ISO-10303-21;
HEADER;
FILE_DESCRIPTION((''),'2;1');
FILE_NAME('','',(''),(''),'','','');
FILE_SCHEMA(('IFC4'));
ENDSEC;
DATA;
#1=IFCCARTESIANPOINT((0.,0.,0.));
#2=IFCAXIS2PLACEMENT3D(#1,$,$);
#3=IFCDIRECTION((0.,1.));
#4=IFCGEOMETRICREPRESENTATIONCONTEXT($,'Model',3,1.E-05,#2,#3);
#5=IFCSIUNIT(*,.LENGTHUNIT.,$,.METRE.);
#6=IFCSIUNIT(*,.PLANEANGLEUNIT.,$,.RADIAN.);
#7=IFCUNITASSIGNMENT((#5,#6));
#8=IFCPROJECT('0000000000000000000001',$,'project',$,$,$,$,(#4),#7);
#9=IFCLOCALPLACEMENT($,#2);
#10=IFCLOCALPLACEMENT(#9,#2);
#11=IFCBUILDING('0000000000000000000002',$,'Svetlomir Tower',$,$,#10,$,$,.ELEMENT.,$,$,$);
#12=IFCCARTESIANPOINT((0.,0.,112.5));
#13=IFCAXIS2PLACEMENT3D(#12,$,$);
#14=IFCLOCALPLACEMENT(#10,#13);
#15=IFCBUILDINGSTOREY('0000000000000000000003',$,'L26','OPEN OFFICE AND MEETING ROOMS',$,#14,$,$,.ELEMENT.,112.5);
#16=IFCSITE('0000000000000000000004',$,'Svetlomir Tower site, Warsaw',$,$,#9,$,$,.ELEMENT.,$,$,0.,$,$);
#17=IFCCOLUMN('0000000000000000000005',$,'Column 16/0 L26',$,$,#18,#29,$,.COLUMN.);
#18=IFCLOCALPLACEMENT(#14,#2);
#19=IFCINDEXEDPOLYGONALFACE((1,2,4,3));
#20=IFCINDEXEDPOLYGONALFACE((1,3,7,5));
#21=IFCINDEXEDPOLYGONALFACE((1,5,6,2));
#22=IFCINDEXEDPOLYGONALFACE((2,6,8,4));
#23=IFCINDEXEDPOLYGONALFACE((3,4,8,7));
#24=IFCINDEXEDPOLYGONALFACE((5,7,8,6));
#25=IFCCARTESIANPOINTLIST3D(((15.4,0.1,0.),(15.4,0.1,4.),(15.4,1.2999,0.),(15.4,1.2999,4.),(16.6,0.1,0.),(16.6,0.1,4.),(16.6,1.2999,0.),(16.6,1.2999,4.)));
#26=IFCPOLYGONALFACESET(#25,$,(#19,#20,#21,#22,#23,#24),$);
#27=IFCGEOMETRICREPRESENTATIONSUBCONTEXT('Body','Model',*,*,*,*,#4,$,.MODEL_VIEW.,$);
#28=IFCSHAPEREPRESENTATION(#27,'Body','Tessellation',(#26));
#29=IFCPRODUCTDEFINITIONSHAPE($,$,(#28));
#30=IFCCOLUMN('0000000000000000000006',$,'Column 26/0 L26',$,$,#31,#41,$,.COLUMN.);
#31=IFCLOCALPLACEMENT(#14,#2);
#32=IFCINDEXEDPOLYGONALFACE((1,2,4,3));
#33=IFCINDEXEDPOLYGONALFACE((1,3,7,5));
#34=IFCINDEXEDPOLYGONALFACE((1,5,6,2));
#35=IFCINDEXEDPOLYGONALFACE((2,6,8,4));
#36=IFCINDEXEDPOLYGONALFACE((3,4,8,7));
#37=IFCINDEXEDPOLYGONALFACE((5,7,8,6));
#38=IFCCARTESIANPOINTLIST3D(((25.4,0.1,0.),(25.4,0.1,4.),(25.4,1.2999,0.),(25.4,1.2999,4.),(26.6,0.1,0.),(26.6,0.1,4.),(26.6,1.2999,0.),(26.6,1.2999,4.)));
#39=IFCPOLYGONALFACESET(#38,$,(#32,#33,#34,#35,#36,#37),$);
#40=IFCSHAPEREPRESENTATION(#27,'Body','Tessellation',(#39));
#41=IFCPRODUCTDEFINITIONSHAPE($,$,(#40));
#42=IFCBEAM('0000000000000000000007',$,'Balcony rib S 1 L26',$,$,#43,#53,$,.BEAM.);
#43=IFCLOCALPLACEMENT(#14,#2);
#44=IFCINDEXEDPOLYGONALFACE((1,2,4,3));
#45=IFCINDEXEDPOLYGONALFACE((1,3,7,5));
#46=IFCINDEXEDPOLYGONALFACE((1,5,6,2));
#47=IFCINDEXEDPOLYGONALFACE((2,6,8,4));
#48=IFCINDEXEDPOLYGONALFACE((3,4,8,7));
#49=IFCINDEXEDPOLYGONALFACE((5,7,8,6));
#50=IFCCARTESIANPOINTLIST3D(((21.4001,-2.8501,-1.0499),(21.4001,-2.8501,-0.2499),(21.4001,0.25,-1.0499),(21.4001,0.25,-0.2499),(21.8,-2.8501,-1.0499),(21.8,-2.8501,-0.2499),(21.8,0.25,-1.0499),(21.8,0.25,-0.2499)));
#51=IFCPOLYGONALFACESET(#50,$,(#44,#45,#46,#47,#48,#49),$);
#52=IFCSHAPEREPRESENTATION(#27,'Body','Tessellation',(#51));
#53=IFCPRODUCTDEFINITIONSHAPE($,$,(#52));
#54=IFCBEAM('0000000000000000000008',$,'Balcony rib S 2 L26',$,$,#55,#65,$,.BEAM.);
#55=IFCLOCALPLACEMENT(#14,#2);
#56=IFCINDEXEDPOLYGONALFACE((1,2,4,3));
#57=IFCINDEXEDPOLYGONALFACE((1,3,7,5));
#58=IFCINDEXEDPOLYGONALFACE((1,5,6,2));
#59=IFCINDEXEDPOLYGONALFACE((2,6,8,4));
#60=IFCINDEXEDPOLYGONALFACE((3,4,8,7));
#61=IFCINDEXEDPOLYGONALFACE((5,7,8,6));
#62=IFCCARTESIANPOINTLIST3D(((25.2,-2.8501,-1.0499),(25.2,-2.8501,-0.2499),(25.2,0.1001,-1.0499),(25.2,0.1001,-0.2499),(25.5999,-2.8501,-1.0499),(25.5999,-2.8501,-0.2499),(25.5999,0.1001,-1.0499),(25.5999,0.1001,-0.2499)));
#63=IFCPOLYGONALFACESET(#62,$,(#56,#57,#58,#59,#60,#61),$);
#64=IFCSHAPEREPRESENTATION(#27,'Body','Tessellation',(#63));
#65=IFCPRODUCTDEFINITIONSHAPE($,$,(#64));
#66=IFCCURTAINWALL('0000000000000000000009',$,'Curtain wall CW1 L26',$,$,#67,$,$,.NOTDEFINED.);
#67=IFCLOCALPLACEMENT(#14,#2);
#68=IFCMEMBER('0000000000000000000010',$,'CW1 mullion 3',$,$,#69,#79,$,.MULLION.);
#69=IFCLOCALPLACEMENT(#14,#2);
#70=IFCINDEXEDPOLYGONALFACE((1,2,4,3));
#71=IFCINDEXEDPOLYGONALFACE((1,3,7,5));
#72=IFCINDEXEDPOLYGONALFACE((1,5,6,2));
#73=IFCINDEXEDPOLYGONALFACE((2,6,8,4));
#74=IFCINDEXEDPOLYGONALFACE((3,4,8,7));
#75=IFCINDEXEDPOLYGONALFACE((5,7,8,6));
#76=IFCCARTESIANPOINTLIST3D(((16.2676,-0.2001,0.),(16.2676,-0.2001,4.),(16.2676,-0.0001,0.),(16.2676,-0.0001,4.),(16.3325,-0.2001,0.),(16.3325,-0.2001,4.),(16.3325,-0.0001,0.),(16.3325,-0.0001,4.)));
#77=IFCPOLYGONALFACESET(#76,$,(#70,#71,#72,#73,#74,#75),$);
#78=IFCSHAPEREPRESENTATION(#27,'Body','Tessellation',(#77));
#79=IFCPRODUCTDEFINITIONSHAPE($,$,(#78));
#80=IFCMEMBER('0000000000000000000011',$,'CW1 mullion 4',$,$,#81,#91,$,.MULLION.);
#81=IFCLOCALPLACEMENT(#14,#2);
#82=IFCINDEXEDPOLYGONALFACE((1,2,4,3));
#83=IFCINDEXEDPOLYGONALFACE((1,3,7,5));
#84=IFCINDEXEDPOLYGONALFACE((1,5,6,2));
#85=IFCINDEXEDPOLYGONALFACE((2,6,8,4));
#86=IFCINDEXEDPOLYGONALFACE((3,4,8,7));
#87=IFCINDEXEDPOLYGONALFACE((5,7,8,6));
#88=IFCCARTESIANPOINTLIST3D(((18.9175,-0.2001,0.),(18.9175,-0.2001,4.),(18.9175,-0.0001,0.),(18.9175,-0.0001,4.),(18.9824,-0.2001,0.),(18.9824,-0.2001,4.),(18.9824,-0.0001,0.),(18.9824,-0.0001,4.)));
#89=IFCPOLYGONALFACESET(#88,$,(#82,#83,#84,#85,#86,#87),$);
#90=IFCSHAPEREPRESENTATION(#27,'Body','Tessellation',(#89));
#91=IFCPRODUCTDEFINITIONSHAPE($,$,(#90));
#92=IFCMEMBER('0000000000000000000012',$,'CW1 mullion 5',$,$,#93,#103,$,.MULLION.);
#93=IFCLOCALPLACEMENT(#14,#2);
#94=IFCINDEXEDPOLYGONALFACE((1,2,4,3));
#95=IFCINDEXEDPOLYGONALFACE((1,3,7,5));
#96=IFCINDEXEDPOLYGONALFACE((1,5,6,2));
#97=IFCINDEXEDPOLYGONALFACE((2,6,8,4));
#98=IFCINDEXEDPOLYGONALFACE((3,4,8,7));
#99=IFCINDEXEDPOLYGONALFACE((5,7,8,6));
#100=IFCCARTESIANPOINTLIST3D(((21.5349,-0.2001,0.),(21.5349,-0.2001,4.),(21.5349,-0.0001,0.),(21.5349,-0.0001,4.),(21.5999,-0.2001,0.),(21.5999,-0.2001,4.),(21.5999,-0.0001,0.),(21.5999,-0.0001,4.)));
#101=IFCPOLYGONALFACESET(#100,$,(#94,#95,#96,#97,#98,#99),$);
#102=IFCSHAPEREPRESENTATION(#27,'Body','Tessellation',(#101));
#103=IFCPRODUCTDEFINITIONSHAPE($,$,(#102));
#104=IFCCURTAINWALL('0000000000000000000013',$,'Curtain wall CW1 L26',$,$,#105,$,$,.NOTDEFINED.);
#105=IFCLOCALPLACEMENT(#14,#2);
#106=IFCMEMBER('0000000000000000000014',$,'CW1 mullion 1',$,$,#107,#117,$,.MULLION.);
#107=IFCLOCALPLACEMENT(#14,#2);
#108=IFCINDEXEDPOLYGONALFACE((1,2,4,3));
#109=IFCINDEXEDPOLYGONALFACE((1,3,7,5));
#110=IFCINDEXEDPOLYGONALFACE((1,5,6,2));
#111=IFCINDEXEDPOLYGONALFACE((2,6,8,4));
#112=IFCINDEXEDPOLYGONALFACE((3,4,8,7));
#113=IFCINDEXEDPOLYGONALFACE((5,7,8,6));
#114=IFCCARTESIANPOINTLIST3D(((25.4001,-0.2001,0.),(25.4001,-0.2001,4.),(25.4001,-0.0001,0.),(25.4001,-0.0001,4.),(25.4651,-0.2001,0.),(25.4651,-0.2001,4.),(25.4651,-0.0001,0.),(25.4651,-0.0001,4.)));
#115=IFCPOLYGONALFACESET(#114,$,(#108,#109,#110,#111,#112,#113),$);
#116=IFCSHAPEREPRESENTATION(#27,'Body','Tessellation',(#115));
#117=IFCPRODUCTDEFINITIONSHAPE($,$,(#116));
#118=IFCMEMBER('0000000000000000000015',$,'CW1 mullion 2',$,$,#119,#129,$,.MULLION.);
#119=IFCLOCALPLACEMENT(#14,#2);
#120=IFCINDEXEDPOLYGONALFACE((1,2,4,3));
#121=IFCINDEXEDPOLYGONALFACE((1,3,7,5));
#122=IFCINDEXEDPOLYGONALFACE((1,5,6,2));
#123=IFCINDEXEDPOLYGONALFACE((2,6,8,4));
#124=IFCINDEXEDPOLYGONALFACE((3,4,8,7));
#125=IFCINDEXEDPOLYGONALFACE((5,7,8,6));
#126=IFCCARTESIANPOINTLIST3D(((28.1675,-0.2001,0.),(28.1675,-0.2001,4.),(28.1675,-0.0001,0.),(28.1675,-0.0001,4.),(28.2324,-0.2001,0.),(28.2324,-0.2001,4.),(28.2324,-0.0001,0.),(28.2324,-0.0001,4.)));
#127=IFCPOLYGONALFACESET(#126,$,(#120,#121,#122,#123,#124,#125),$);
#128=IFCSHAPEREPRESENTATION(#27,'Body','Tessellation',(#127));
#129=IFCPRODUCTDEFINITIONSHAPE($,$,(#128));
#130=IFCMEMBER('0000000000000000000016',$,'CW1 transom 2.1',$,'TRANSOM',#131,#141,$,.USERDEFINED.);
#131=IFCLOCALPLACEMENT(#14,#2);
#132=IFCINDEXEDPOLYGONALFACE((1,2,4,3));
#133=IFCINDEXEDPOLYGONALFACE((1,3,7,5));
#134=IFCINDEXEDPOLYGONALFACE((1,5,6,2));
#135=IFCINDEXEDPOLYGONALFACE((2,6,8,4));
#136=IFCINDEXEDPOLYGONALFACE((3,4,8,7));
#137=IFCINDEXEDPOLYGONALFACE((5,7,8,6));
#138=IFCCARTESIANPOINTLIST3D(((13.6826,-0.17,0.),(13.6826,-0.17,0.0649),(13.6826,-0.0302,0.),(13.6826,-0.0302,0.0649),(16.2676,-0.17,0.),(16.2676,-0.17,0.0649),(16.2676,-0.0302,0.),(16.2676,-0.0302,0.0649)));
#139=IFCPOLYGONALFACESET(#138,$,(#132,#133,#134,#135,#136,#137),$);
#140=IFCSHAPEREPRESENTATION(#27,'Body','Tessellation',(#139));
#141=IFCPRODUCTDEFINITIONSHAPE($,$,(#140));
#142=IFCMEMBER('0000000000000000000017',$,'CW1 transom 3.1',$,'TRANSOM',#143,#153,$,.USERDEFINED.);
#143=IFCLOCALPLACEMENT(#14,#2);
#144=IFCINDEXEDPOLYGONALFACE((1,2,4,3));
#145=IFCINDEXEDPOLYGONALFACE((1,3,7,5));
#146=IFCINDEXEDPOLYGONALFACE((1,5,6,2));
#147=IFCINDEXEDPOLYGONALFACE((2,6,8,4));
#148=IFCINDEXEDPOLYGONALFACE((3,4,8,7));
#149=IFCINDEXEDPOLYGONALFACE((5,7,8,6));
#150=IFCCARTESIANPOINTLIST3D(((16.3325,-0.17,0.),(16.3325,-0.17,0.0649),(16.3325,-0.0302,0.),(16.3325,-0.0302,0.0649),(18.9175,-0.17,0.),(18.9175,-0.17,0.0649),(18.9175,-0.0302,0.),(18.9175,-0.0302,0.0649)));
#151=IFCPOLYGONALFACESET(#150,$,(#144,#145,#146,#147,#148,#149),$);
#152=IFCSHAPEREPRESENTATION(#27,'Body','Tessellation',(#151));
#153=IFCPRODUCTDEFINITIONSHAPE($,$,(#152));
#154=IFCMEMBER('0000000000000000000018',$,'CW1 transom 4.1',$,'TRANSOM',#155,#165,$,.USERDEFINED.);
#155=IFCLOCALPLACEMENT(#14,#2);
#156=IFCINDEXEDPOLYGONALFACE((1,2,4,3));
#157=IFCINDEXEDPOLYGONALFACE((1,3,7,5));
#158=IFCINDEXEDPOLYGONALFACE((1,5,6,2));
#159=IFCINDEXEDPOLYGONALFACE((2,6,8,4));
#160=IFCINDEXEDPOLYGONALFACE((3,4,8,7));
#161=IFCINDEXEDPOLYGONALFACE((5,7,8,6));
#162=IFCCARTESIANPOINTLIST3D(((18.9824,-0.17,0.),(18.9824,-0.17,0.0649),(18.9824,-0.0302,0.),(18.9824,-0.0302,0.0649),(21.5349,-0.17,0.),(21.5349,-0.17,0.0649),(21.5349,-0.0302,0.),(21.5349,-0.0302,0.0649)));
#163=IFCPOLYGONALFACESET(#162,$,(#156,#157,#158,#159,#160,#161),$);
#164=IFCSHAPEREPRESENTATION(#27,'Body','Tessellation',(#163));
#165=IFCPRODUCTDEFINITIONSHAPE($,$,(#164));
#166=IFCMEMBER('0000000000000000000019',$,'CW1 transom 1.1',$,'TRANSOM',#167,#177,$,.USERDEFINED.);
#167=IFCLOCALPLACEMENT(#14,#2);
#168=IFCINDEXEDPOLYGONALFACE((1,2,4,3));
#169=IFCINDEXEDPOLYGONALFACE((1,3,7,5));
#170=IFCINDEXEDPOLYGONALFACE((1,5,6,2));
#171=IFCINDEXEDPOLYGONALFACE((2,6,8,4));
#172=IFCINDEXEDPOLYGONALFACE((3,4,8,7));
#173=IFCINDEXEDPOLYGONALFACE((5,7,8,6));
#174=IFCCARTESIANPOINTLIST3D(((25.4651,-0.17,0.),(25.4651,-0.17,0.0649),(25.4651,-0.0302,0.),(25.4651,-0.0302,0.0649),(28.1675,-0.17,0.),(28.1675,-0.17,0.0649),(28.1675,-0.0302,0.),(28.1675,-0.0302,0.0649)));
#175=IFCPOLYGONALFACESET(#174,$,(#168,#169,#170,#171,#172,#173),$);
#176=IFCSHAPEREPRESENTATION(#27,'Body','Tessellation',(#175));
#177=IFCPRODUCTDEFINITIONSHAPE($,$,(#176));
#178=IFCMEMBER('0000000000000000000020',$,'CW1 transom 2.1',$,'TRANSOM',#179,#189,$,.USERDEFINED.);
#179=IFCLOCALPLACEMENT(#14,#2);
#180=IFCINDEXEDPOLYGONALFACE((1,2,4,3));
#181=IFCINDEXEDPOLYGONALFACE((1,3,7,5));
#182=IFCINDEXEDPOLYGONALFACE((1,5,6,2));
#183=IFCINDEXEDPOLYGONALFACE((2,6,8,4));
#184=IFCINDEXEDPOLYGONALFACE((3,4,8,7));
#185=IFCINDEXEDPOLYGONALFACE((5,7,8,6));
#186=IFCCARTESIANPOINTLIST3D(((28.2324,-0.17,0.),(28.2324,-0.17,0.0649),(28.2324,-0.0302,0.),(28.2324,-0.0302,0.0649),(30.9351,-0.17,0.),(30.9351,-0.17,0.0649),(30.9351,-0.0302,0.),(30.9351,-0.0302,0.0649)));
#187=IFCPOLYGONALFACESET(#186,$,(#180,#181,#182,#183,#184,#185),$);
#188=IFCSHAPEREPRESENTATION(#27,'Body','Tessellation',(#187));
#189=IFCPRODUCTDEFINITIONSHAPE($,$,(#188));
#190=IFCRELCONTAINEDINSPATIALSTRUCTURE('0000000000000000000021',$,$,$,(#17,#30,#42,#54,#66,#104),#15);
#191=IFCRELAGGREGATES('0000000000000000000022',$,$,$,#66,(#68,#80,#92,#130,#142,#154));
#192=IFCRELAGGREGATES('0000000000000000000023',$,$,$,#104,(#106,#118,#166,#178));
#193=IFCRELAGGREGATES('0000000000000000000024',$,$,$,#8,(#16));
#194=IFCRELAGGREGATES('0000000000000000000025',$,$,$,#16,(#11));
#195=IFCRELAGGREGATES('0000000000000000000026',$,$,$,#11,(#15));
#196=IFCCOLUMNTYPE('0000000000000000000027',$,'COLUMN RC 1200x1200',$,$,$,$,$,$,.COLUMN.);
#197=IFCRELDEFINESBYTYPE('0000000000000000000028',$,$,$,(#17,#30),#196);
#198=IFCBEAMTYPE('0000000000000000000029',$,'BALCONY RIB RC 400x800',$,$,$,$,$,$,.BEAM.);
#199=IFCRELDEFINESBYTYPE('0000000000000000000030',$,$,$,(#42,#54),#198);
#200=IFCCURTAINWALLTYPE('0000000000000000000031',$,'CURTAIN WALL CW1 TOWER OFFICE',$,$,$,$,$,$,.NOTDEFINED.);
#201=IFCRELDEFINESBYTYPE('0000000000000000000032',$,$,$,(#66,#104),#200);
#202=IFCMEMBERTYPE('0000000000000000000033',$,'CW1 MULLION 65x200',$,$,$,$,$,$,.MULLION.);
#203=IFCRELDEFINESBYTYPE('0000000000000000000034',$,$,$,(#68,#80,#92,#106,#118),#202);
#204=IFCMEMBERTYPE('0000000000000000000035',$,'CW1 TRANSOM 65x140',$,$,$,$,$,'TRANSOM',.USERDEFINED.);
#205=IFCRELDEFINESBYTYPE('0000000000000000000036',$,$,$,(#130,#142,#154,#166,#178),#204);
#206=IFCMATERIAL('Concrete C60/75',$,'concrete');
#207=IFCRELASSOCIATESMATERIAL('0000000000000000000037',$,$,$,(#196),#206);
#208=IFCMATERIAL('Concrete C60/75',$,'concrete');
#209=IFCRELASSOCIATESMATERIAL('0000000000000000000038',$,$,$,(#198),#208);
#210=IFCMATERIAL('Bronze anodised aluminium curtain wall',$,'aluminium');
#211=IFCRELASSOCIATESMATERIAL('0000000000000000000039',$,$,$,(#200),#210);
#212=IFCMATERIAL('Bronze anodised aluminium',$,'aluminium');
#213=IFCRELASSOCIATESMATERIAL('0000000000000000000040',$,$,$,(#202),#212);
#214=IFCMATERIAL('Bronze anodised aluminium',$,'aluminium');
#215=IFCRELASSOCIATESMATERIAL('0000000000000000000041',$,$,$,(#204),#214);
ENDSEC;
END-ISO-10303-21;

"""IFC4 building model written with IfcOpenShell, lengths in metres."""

from ifc_helpers import new_model, si_unit, direction, frame, origin, origin_2d, place, context, subcontext, project, spatial, rectangle, extrude, material, material_profile, profile_set, type_object, element, aggregate, save


model = new_model("IFC4")

# Units and contexts
model_context = context("Model", 3, precision=1e-05, world=origin(), true_north=direction((0.0, 1.0)))
body_context = subcontext(model_context, "Body", "Model", "MODEL_VIEW")
ifc_project = project(units=[si_unit("LENGTHUNIT", "METRE"), si_unit("PLANEANGLEUNIT", "RADIAN")], contexts=[model_context])

# Site, building, storey
site_placement = place(None, origin())
site = spatial("IfcSite", under=ifc_project, at=site_placement, Name="Svetlomir Tower site, Warsaw", CompositionType="ELEMENT", RefElevation=0.0)
building_placement = place(site_placement, origin())
building = spatial("IfcBuilding", under=site, at=building_placement, Name="Svetlomir Tower", CompositionType="ELEMENT")
storey_placement = place(building_placement, frame((0.0, 0.0, 112.5)))
storey = spatial("IfcBuildingStorey", under=building, at=storey_placement, Name="L26", Description="OPEN OFFICE AND MEETING ROOMS", CompositionType="ELEMENT", Elevation=112.5)

# Columns
ifc_material_1 = material(Name="Concrete C60/75", Category="concrete")
ifc_material_profile_1 = material_profile(ifc_material_1, rectangle(XDim=1.2, YDim=1.2, at=origin_2d()), Name="RC 1200x1200")
ifc_profile_set_1 = profile_set([ifc_material_profile_1], Name="Concrete C60/75")
column_type = type_object("IfcColumnType", Name="COLUMN RC 1200x1200", PredefinedType="COLUMN", material=ifc_profile_set_1)
for number, where, z_axis, x_axis, name in (
    (1, (16.0, 0.7, 0.0), (0.0, 0.0, 1.0), (1.0, 0.0, 0.0), "Column 16/0 L26"),
    (2, (26.0, 0.7, 0.0), (0.0, 0.0, 1.0), (1.0, 0.0, 0.0), "Column 26/0 L26"),
):
    element("IfcColumn", number, at=place(storey_placement, frame(where, z_axis=z_axis, x_axis=x_axis)), inside=storey, type_object=column_type, Name=name, PredefinedType="COLUMN", context=body_context, shape_type="SweptSolid", body=[
        extrude(rectangle(XDim=1.2, YDim=1.2, at=origin_2d()), origin(), (0.0, 0.0, 1.0), 4.0),
    ])

# Beams
ifc_material_2 = material(Name="Concrete C60/75", Category="concrete")
ifc_material_profile_2 = material_profile(ifc_material_2, rectangle(XDim=0.3999, YDim=0.8, at=origin_2d()), Name="RC 400x800")
ifc_profile_set_2 = profile_set([ifc_material_profile_2], Name="Concrete C60/75")
beam_type_1 = type_object("IfcBeamType", Name="BALCONY RIB RC 400x800", PredefinedType="BEAM", material=ifc_profile_set_2)
beam_1_placement = place(storey_placement, frame((21.6001, 0.25, -0.6499), z_axis=(0.0, -1.0, 0.0), x_axis=(1.0, 0.0, 0.0)))
element("IfcBeam", 3, at=beam_1_placement, inside=storey, type_object=beam_type_1, Name="Balcony rib S 1 L26", PredefinedType="BEAM", context=body_context, shape_type="SweptSolid", body=[
    extrude(rectangle(XDim=0.3999, YDim=0.8, at=origin_2d()), origin(), (0.0, 0.0, 1.0), 3.1001),
])
beam_2_placement = place(storey_placement, frame((25.3999, 0.1001, -0.6499), z_axis=(0.0, -1.0, 0.0), x_axis=(1.0, 0.0, 0.0)))
element("IfcBeam", 4, at=beam_2_placement, inside=storey, type_object=beam_type_1, Name="Balcony rib S 2 L26", PredefinedType="BEAM", context=body_context, shape_type="SweptSolid", body=[
    extrude(rectangle(XDim=0.3999, YDim=0.8, at=origin_2d()), origin(), (0.0, 0.0, 1.0), 2.9502),
])

# Curtain walls, members
ifc_material_3 = material(Name="Bronze anodised aluminium curtain wall", Category="aluminium")
curtain_wall_type = type_object("IfcCurtainWallType", Name="CURTAIN WALL CW1 TOWER OFFICE", PredefinedType="NOTDEFINED", material=ifc_material_3)
curtain_wall_1_placement = place(storey_placement, origin())
curtain_wall_1 = element("IfcCurtainWall", 5, at=curtain_wall_1_placement, inside=storey, type_object=curtain_wall_type, Name="Curtain wall CW1 L26", PredefinedType="NOTDEFINED")
ifc_material_4 = material(Name="Bronze anodised aluminium", Category="aluminium")
ifc_material_profile_3 = material_profile(ifc_material_4, rectangle(XDim=0.0649, YDim=0.2, at=origin_2d()), Name="AL 65x200")
ifc_profile_set_3 = profile_set([ifc_material_profile_3], Name="Bronze anodised aluminium 6063-T6")
member_type_1 = type_object("IfcMemberType", Name="CW1 MULLION 65x200", PredefinedType="MULLION", material=ifc_profile_set_3)
member_1_placement = place(storey_placement, frame((16.3, -0.1001, 0.0), z_axis=(0.0, 0.0, 1.0), x_axis=(1.0, 0.0, 0.0)))
member_1 = element("IfcMember", 6, at=member_1_placement, type_object=member_type_1, Name="CW1 mullion 3", PredefinedType="MULLION", context=body_context, shape_type="SweptSolid", body=[
    extrude(rectangle(XDim=0.0649, YDim=0.2, at=origin_2d()), origin(), (0.0, 0.0, 1.0), 4.0),
])
member_2_placement = place(storey_placement, frame((18.95, -0.1001, 0.0), z_axis=(0.0, 0.0, 1.0), x_axis=(1.0, 0.0, 0.0)))
member_2 = element("IfcMember", 7, at=member_2_placement, type_object=member_type_1, Name="CW1 mullion 4", PredefinedType="MULLION", context=body_context, shape_type="SweptSolid", body=[
    extrude(rectangle(XDim=0.0649, YDim=0.2, at=origin_2d()), origin(), (0.0, 0.0, 1.0), 4.0),
])
member_3_placement = place(storey_placement, frame((21.5674, -0.1001, 0.0), z_axis=(0.0, 0.0, 1.0), x_axis=(1.0, 0.0, 0.0)))
member_3 = element("IfcMember", 8, at=member_3_placement, type_object=member_type_1, Name="CW1 mullion 5", PredefinedType="MULLION", context=body_context, shape_type="SweptSolid", body=[
    extrude(rectangle(XDim=0.0649, YDim=0.2, at=origin_2d()), origin(), (0.0, 0.0, 1.0), 4.0),
])
curtain_wall_2_placement = place(storey_placement, origin())
curtain_wall_2 = element("IfcCurtainWall", 9, at=curtain_wall_2_placement, inside=storey, type_object=curtain_wall_type, Name="Curtain wall CW1 L26", PredefinedType="NOTDEFINED")
member_4_placement = place(storey_placement, frame((25.4326, -0.1001, 0.0), z_axis=(0.0, 0.0, 1.0), x_axis=(1.0, 0.0, 0.0)))
member_4 = element("IfcMember", 10, at=member_4_placement, type_object=member_type_1, Name="CW1 mullion 1", PredefinedType="MULLION", context=body_context, shape_type="SweptSolid", body=[
    extrude(rectangle(XDim=0.0649, YDim=0.2, at=origin_2d()), origin(), (0.0, 0.0, 1.0), 4.0),
])
member_5_placement = place(storey_placement, frame((28.2, -0.1001, 0.0), z_axis=(0.0, 0.0, 1.0), x_axis=(1.0, 0.0, 0.0)))
member_5 = element("IfcMember", 11, at=member_5_placement, type_object=member_type_1, Name="CW1 mullion 2", PredefinedType="MULLION", context=body_context, shape_type="SweptSolid", body=[
    extrude(rectangle(XDim=0.0649, YDim=0.2, at=origin_2d()), origin(), (0.0, 0.0, 1.0), 4.0),
])

# Members
ifc_material_5 = material(Name="Bronze anodised aluminium", Category="aluminium")
ifc_material_profile_4 = material_profile(ifc_material_5, rectangle(XDim=0.1399, YDim=0.0649, at=origin_2d()), Name="AL 140x65")
ifc_profile_set_4 = profile_set([ifc_material_profile_4], Name="Bronze anodised aluminium 6063-T6")
member_type_2 = type_object("IfcMemberType", Name="CW1 TRANSOM 65x140", ElementType="TRANSOM", PredefinedType="USERDEFINED", material=ifc_profile_set_4)
member_6_placement = place(storey_placement, frame((13.6826, -0.1001, 0.0325), z_axis=(1.0, 0.0, 0.0), x_axis=(0.0, 1.0, 0.0)))
member_6 = element("IfcMember", 12, at=member_6_placement, type_object=member_type_2, Name="CW1 transom 2.1", ObjectType="TRANSOM", PredefinedType="USERDEFINED", context=body_context, shape_type="SweptSolid", body=[
    extrude(rectangle(XDim=0.1399, YDim=0.0649, at=origin_2d()), origin(), (0.0, 0.0, 1.0), 2.585),
])
member_7_placement = place(storey_placement, frame((16.3325, -0.1001, 0.0325), z_axis=(1.0, 0.0, 0.0), x_axis=(0.0, 1.0, 0.0)))
member_7 = element("IfcMember", 13, at=member_7_placement, type_object=member_type_2, Name="CW1 transom 3.1", ObjectType="TRANSOM", PredefinedType="USERDEFINED", context=body_context, shape_type="SweptSolid", body=[
    extrude(rectangle(XDim=0.1399, YDim=0.0649, at=origin_2d()), origin(), (0.0, 0.0, 1.0), 2.585),
])
member_8_placement = place(storey_placement, frame((18.9824, -0.1001, 0.0325), z_axis=(1.0, 0.0, 0.0), x_axis=(0.0, 1.0, 0.0)))
member_8 = element("IfcMember", 14, at=member_8_placement, type_object=member_type_2, Name="CW1 transom 4.1", ObjectType="TRANSOM", PredefinedType="USERDEFINED", context=body_context, shape_type="SweptSolid", body=[
    extrude(rectangle(XDim=0.1399, YDim=0.0649, at=origin_2d()), origin(), (0.0, 0.0, 1.0), 2.5525),
])
member_9_placement = place(storey_placement, frame((25.4651, -0.1001, 0.0325), z_axis=(1.0, 0.0, 0.0), x_axis=(0.0, 1.0, 0.0)))
member_9 = element("IfcMember", 15, at=member_9_placement, type_object=member_type_2, Name="CW1 transom 1.1", ObjectType="TRANSOM", PredefinedType="USERDEFINED", context=body_context, shape_type="SweptSolid", body=[
    extrude(rectangle(XDim=0.1399, YDim=0.0649, at=origin_2d()), origin(), (0.0, 0.0, 1.0), 2.7024),
])
member_10_placement = place(storey_placement, frame((28.2324, -0.1001, 0.0325), z_axis=(1.0, 0.0, 0.0), x_axis=(0.0, 1.0, 0.0)))
member_10 = element("IfcMember", 16, at=member_10_placement, type_object=member_type_2, Name="CW1 transom 2.1", ObjectType="TRANSOM", PredefinedType="USERDEFINED", context=body_context, shape_type="SweptSolid", body=[
    extrude(rectangle(XDim=0.1399, YDim=0.0649, at=origin_2d()), origin(), (0.0, 0.0, 1.0), 2.7026),
])

aggregate(curtain_wall_1, [member_1, member_2, member_3, member_6, member_7, member_8])
aggregate(curtain_wall_2, [member_4, member_5, member_9, member_10])

save(model, "model.ifc")
